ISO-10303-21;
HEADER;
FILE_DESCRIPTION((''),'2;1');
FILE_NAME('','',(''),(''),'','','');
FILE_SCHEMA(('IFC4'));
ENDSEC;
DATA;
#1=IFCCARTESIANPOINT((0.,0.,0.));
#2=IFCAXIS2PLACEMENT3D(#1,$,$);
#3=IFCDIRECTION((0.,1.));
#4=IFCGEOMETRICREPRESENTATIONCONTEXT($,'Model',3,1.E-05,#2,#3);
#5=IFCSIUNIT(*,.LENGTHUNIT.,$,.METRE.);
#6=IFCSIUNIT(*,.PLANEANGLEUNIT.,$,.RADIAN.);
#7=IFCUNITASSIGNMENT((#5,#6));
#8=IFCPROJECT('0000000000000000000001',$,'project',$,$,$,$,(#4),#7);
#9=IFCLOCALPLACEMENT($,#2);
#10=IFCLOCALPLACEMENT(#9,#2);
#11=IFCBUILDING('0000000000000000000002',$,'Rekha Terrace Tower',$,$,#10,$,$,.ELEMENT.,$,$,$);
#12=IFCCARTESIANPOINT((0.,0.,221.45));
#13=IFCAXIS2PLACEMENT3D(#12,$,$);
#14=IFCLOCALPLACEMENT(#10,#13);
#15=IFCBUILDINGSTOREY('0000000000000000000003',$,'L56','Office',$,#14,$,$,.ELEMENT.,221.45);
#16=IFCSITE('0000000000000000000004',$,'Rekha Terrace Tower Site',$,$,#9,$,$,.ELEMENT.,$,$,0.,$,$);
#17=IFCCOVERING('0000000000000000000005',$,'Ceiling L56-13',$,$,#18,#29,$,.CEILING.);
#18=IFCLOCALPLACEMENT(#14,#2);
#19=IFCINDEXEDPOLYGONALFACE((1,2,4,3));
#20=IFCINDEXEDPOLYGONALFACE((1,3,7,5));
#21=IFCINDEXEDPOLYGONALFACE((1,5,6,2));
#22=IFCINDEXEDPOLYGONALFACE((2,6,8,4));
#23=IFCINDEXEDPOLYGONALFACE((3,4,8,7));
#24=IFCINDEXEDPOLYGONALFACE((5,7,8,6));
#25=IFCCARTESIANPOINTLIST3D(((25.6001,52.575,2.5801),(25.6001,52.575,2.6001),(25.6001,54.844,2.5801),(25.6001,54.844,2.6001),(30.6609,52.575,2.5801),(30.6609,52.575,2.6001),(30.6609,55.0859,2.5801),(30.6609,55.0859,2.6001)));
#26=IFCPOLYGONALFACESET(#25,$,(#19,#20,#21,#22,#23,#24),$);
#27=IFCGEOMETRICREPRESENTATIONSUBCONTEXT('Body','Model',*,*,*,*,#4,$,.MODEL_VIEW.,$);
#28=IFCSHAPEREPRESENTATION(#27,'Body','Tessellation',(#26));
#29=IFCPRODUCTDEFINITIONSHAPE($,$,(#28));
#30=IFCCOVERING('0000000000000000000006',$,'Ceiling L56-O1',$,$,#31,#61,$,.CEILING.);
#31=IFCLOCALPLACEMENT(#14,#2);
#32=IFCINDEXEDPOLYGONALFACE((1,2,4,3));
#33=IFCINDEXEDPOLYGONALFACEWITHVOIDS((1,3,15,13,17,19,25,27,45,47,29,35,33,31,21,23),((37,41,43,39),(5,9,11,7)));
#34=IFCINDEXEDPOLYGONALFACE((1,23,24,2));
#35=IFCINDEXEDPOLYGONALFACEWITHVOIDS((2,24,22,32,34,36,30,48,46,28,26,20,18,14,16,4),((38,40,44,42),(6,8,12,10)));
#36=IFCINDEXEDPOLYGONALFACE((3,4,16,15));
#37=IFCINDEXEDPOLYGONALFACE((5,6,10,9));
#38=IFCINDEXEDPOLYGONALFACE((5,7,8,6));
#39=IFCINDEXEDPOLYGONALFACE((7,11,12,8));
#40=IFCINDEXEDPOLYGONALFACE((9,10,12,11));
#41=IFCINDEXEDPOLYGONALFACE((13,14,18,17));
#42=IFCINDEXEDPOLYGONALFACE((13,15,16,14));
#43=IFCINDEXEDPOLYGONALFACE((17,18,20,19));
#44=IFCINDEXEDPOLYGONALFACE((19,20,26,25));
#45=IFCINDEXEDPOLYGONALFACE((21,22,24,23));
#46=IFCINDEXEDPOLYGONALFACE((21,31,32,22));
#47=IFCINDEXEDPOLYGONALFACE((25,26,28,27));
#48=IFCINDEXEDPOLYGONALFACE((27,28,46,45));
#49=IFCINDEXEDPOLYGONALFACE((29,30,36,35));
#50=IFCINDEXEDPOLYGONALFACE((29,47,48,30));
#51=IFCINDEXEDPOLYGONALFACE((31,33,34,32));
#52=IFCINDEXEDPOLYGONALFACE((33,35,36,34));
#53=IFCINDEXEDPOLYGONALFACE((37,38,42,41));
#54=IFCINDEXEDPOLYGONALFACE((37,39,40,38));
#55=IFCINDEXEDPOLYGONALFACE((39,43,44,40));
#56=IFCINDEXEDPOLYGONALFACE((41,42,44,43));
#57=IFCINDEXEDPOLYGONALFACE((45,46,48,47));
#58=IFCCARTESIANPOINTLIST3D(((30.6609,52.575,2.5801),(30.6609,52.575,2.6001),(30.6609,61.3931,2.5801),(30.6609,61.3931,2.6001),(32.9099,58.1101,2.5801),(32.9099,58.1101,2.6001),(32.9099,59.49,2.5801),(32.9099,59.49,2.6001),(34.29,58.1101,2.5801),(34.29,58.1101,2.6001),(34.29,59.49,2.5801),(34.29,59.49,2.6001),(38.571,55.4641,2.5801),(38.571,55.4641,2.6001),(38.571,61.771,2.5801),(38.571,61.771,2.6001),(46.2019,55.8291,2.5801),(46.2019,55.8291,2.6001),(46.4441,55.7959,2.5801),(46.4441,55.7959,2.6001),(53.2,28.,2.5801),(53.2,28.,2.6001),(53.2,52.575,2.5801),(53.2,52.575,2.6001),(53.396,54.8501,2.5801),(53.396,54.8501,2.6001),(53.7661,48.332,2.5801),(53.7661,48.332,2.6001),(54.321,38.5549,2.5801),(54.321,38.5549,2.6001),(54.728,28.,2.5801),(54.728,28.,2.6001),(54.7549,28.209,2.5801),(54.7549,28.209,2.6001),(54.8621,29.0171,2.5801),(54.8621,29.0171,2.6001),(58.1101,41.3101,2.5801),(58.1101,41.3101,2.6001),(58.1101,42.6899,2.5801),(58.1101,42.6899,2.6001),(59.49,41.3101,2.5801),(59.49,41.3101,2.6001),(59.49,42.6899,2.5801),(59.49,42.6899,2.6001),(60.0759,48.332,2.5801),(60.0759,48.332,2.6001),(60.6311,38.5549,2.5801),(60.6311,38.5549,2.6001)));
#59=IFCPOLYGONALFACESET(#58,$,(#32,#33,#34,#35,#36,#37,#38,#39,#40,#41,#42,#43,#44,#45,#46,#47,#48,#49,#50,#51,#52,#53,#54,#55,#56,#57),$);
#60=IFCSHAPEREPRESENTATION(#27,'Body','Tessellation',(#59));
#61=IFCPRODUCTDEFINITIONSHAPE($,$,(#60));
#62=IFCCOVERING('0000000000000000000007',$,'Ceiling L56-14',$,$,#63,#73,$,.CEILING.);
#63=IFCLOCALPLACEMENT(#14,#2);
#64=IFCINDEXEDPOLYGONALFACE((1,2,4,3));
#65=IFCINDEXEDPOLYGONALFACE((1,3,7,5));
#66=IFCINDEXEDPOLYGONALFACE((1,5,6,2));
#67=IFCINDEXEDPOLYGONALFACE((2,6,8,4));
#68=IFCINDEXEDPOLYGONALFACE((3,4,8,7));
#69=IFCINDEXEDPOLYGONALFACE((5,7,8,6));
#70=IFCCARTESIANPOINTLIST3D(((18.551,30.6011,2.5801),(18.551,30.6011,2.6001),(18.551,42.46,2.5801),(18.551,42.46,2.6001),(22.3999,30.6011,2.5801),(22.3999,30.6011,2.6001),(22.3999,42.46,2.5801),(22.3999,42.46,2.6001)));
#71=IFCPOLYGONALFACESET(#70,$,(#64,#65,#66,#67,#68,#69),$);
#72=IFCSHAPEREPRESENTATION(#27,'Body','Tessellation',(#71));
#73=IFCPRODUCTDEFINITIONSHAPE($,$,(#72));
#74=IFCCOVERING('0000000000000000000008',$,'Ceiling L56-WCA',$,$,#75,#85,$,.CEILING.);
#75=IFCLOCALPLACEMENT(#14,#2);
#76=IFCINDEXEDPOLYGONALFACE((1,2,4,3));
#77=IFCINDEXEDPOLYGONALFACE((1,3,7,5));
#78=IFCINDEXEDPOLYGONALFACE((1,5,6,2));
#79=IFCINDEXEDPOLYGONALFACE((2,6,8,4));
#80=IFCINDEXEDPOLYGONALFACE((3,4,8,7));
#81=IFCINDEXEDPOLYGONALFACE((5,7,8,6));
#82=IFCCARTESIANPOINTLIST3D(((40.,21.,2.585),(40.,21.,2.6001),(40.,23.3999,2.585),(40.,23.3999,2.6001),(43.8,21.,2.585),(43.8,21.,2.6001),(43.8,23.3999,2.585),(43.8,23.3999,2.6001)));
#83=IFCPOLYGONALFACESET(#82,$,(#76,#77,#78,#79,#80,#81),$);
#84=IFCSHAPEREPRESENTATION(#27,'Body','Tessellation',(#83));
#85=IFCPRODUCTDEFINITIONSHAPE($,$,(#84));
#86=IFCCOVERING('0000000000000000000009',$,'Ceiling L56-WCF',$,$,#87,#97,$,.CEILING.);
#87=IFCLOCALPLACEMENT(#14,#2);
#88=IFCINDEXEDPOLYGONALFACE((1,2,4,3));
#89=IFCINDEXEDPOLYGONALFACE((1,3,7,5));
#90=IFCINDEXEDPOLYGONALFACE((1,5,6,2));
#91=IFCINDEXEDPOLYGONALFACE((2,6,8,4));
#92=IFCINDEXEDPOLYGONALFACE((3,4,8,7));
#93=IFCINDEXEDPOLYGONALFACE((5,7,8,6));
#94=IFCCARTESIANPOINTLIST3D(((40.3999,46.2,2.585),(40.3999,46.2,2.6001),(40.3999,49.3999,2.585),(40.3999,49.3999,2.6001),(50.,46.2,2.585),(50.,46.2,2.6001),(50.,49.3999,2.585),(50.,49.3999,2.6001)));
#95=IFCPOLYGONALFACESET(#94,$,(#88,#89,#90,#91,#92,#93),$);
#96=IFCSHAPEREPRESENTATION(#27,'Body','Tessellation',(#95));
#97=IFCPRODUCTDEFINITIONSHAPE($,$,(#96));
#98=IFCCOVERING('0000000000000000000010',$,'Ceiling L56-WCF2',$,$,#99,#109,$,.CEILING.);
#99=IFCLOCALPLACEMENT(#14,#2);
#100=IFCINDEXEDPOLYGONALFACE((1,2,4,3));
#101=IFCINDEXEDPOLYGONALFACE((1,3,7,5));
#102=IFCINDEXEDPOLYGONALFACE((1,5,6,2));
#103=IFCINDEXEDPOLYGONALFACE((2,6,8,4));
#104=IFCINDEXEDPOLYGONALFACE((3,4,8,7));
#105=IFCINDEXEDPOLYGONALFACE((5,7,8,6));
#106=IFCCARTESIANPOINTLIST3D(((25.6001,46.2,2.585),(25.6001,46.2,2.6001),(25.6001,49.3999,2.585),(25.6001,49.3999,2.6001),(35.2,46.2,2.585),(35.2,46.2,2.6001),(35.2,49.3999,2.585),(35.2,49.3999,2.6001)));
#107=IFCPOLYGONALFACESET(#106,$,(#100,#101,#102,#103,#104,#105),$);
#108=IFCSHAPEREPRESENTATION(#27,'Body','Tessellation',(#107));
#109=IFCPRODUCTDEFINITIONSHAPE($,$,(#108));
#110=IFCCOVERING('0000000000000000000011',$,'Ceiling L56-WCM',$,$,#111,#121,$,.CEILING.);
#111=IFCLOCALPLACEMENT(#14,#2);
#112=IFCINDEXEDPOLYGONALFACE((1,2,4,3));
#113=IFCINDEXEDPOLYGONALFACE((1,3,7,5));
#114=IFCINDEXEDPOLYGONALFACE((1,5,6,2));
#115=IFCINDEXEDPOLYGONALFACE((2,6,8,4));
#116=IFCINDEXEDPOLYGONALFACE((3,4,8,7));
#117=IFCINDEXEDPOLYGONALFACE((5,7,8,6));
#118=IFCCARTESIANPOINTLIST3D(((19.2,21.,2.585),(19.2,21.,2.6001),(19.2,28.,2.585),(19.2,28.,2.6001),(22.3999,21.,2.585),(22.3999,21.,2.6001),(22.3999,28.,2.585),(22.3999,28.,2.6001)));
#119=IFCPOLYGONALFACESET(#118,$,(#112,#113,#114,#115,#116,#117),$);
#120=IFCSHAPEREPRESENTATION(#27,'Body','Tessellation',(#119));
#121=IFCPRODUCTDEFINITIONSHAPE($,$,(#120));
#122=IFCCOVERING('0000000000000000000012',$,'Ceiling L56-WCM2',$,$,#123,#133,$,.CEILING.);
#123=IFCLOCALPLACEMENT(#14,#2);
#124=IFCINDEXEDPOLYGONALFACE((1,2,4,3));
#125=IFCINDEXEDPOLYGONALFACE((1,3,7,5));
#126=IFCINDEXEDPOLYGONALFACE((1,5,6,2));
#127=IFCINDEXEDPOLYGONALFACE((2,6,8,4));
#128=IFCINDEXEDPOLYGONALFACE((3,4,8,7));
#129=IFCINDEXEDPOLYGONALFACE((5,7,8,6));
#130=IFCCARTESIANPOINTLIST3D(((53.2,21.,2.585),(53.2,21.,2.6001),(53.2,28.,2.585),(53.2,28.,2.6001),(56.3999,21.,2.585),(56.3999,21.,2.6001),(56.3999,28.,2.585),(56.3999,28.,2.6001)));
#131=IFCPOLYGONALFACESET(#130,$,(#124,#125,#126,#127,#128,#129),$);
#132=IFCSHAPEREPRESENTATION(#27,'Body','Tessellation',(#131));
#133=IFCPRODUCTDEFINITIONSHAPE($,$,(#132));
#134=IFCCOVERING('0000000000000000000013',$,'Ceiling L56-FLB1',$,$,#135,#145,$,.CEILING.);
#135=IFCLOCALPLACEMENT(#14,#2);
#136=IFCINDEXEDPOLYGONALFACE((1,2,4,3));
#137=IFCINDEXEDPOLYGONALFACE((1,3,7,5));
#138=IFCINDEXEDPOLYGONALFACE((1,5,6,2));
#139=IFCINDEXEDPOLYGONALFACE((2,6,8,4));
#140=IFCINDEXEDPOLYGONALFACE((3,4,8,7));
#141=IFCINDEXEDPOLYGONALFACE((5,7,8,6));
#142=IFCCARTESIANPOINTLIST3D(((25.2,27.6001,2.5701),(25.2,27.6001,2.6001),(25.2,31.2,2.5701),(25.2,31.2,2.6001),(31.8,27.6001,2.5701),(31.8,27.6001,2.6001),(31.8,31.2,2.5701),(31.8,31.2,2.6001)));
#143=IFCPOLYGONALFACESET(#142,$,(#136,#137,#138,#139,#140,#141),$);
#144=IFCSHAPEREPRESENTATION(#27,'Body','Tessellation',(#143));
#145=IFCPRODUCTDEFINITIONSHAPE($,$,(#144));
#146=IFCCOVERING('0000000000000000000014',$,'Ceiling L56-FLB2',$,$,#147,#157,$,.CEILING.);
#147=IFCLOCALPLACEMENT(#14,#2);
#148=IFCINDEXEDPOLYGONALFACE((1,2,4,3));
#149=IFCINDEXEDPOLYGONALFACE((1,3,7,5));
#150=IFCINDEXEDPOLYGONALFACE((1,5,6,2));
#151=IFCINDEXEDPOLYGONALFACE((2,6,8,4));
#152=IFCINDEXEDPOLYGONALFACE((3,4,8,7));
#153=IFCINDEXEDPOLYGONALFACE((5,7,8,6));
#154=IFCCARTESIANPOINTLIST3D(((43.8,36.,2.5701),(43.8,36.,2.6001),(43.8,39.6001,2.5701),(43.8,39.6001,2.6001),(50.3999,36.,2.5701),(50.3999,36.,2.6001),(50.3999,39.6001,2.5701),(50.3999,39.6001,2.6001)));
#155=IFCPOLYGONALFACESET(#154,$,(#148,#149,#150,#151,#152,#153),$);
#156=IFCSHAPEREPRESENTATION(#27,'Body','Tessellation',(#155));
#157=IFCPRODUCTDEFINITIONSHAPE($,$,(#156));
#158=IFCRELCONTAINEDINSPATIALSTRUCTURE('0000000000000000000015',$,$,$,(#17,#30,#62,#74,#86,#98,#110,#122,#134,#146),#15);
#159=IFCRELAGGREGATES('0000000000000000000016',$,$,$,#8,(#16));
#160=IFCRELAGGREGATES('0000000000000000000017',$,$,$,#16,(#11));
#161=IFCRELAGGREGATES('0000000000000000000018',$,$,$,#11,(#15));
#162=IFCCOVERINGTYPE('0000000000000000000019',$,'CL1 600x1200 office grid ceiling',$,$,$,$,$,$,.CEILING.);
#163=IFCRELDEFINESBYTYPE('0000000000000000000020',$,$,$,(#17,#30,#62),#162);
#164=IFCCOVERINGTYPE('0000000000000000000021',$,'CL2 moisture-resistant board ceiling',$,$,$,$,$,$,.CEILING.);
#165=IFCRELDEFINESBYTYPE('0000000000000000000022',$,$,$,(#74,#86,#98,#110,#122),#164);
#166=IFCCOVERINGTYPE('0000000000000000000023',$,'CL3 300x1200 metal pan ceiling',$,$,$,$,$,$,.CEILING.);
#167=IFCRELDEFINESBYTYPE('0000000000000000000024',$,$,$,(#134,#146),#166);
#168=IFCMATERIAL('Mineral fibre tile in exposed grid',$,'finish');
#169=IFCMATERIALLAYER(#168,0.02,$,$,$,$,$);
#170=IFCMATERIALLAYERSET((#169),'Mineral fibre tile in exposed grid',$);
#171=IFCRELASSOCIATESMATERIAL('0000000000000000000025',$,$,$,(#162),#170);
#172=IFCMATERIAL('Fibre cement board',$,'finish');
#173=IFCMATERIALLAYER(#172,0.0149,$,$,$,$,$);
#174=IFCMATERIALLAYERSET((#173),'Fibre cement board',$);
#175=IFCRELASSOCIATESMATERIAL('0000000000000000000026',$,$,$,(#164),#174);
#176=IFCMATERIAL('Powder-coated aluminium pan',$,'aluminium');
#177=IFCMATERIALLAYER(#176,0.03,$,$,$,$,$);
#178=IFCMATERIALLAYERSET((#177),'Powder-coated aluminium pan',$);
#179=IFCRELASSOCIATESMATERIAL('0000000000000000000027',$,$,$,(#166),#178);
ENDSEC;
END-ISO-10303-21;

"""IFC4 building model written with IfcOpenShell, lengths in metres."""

from ifc_helpers import new_model, si_unit, direction, frame, origin, place, context, subcontext, project, spatial, polyline, outline, extrude, material, layer, layer_set, type_object, element, save


model = new_model("IFC4")

# Units and contexts
model_context = context("Model", 3, precision=1e-05, world=origin(), true_north=direction((0.0, 1.0)))
body_context = subcontext(model_context, "Body", "Model", "MODEL_VIEW")
ifc_project = project(units=[si_unit("LENGTHUNIT", "METRE"), si_unit("PLANEANGLEUNIT", "RADIAN")], contexts=[model_context])

# Site, building, storey
site_placement = place(None, origin())
site = spatial("IfcSite", under=ifc_project, at=site_placement, Name="Rekha Terrace Tower Site", CompositionType="ELEMENT", RefElevation=0.0)
building_placement = place(site_placement, origin())
building = spatial("IfcBuilding", under=site, at=building_placement, Name="Rekha Terrace Tower", CompositionType="ELEMENT")
storey_placement = place(building_placement, frame((0.0, 0.0, 221.45)))
storey = spatial("IfcBuildingStorey", under=building, at=storey_placement, Name="L56", Description="Office", CompositionType="ELEMENT", Elevation=221.45)

# Coverings
ifc_material_1 = material(Name="Mineral fibre tile in exposed grid", Category="finish")
ifc_layer_1 = layer(ifc_material_1, 0.02)
ifc_layer_set_1 = layer_set([ifc_layer_1], Name="Mineral fibre tile in exposed grid")
covering_type_1 = type_object("IfcCoveringType", Name="CL1 600x1200 office grid ceiling", PredefinedType="CEILING", material=ifc_layer_set_1)
covering_1_placement = place(storey_placement, frame((0.0, 0.0, 2.5801)))
element("IfcCovering", 1, at=covering_1_placement, inside=storey, type_object=covering_type_1, Name="Ceiling L56-13", PredefinedType="CEILING", context=body_context, shape_type="SweptSolid", body=[
    extrude(outline(polyline([(25.6001, 54.844), (25.6001, 52.575), (30.6609, 52.575), (30.6609, 55.0859), (25.6001, 54.844)])), origin(), (0.0, 0.0, 1.0), 0.02),
])
covering_2_placement = place(storey_placement, frame((0.0, 0.0, 2.5801)))
element("IfcCovering", 2, at=covering_2_placement, inside=storey, type_object=covering_type_1, Name="Ceiling L56-O1", PredefinedType="CEILING", context=body_context, shape_type="SweptSolid", body=[
    extrude(outline(polyline([(46.2019, 55.8291), (38.571, 55.4641), (38.571, 61.771), (30.6609, 61.3931), (30.6609, 52.575), (53.2, 52.575), (53.2, 28.0), (54.728, 28.0), (54.7549, 28.209), (54.8621, 29.0171), (54.321, 38.5549), (60.6311, 38.5549), (60.0759, 48.332), (53.7661, 48.332), (53.396, 54.8501), (46.4441, 55.7959), (46.2019, 55.8291)]), holes=[polyline([(59.49, 41.3101), (58.1101, 41.3101), (58.1101, 42.6899), (59.49, 42.6899), (59.49, 41.3101)]), polyline([(34.29, 58.1101), (32.9099, 58.1101), (32.9099, 59.49), (34.29, 59.49), (34.29, 58.1101)])]), origin(), (0.0, 0.0, 1.0), 0.02),
])
covering_3_placement = place(storey_placement, frame((0.0, 0.0, 2.5801)))
element("IfcCovering", 3, at=covering_3_placement, inside=storey, type_object=covering_type_1, Name="Ceiling L56-14", PredefinedType="CEILING", context=body_context, shape_type="SweptSolid", body=[
    extrude(outline(polyline([(18.551, 30.6011), (22.3999, 30.6011), (22.3999, 42.46), (18.551, 42.46), (18.551, 30.6011)])), origin(), (0.0, 0.0, 1.0), 0.02),
])
ifc_material_2 = material(Name="Fibre cement board", Category="finish")
ifc_layer_2 = layer(ifc_material_2, 0.0149)
ifc_layer_set_2 = layer_set([ifc_layer_2], Name="Fibre cement board")
covering_type_2 = type_object("IfcCoveringType", Name="CL2 moisture-resistant board ceiling", PredefinedType="CEILING", material=ifc_layer_set_2)
covering_4_placement = place(storey_placement, frame((0.0, 0.0, 2.585)))
element("IfcCovering", 4, at=covering_4_placement, inside=storey, type_object=covering_type_2, Name="Ceiling L56-WCA", PredefinedType="CEILING", context=body_context, shape_type="SweptSolid", body=[
    extrude(outline(polyline([(43.8, 23.3999), (40.0, 23.3999), (40.0, 21.0), (43.8, 21.0), (43.8, 23.3999)])), origin(), (0.0, 0.0, 1.0), 0.0151),
])
covering_5_placement = place(storey_placement, frame((0.0, 0.0, 2.585)))
element("IfcCovering", 5, at=covering_5_placement, inside=storey, type_object=covering_type_2, Name="Ceiling L56-WCF", PredefinedType="CEILING", context=body_context, shape_type="SweptSolid", body=[
    extrude(outline(polyline([(50.0, 49.3999), (40.3999, 49.3999), (40.3999, 46.2), (50.0, 46.2), (50.0, 49.3999)])), origin(), (0.0, 0.0, 1.0), 0.0151),
])
covering_6_placement = place(storey_placement, frame((0.0, 0.0, 2.585)))
element("IfcCovering", 6, at=covering_6_placement, inside=storey, type_object=covering_type_2, Name="Ceiling L56-WCF2", PredefinedType="CEILING", context=body_context, shape_type="SweptSolid", body=[
    extrude(outline(polyline([(35.2, 49.3999), (25.6001, 49.3999), (25.6001, 46.2), (35.2, 46.2), (35.2, 49.3999)])), origin(), (0.0, 0.0, 1.0), 0.0151),
])
covering_7_placement = place(storey_placement, frame((0.0, 0.0, 2.585)))
element("IfcCovering", 7, at=covering_7_placement, inside=storey, type_object=covering_type_2, Name="Ceiling L56-WCM", PredefinedType="CEILING", context=body_context, shape_type="SweptSolid", body=[
    extrude(outline(polyline([(22.3999, 28.0), (19.2, 28.0), (19.2, 21.0), (22.3999, 21.0), (22.3999, 28.0)])), origin(), (0.0, 0.0, 1.0), 0.0151),
])
covering_8_placement = place(storey_placement, frame((0.0, 0.0, 2.585)))
element("IfcCovering", 8, at=covering_8_placement, inside=storey, type_object=covering_type_2, Name="Ceiling L56-WCM2", PredefinedType="CEILING", context=body_context, shape_type="SweptSolid", body=[
    extrude(outline(polyline([(56.3999, 28.0), (53.2, 28.0), (53.2, 21.0), (56.3999, 21.0), (56.3999, 28.0)])), origin(), (0.0, 0.0, 1.0), 0.0151),
])
ifc_material_3 = material(Name="Powder-coated aluminium pan", Category="aluminium")
ifc_layer_3 = layer(ifc_material_3, 0.03)
ifc_layer_set_3 = layer_set([ifc_layer_3], Name="Powder-coated aluminium pan")
covering_type_3 = type_object("IfcCoveringType", Name="CL3 300x1200 metal pan ceiling", PredefinedType="CEILING", material=ifc_layer_set_3)
covering_9_placement = place(storey_placement, frame((0.0, 0.0, 2.5701)))
element("IfcCovering", 9, at=covering_9_placement, inside=storey, type_object=covering_type_3, Name="Ceiling L56-FLB1", PredefinedType="CEILING", context=body_context, shape_type="SweptSolid", body=[
    extrude(outline(polyline([(31.8, 31.2), (25.2, 31.2), (25.2, 27.6001), (31.8, 27.6001), (31.8, 31.2)])), origin(), (0.0, 0.0, 1.0), 0.03),
])
covering_10_placement = place(storey_placement, frame((0.0, 0.0, 2.5701)))
element("IfcCovering", 10, at=covering_10_placement, inside=storey, type_object=covering_type_3, Name="Ceiling L56-FLB2", PredefinedType="CEILING", context=body_context, shape_type="SweptSolid", body=[
    extrude(outline(polyline([(50.3999, 39.6001), (43.8, 39.6001), (43.8, 36.0), (50.3999, 36.0), (50.3999, 39.6001)])), origin(), (0.0, 0.0, 1.0), 0.03),
])

save(model, "model.ifc")
